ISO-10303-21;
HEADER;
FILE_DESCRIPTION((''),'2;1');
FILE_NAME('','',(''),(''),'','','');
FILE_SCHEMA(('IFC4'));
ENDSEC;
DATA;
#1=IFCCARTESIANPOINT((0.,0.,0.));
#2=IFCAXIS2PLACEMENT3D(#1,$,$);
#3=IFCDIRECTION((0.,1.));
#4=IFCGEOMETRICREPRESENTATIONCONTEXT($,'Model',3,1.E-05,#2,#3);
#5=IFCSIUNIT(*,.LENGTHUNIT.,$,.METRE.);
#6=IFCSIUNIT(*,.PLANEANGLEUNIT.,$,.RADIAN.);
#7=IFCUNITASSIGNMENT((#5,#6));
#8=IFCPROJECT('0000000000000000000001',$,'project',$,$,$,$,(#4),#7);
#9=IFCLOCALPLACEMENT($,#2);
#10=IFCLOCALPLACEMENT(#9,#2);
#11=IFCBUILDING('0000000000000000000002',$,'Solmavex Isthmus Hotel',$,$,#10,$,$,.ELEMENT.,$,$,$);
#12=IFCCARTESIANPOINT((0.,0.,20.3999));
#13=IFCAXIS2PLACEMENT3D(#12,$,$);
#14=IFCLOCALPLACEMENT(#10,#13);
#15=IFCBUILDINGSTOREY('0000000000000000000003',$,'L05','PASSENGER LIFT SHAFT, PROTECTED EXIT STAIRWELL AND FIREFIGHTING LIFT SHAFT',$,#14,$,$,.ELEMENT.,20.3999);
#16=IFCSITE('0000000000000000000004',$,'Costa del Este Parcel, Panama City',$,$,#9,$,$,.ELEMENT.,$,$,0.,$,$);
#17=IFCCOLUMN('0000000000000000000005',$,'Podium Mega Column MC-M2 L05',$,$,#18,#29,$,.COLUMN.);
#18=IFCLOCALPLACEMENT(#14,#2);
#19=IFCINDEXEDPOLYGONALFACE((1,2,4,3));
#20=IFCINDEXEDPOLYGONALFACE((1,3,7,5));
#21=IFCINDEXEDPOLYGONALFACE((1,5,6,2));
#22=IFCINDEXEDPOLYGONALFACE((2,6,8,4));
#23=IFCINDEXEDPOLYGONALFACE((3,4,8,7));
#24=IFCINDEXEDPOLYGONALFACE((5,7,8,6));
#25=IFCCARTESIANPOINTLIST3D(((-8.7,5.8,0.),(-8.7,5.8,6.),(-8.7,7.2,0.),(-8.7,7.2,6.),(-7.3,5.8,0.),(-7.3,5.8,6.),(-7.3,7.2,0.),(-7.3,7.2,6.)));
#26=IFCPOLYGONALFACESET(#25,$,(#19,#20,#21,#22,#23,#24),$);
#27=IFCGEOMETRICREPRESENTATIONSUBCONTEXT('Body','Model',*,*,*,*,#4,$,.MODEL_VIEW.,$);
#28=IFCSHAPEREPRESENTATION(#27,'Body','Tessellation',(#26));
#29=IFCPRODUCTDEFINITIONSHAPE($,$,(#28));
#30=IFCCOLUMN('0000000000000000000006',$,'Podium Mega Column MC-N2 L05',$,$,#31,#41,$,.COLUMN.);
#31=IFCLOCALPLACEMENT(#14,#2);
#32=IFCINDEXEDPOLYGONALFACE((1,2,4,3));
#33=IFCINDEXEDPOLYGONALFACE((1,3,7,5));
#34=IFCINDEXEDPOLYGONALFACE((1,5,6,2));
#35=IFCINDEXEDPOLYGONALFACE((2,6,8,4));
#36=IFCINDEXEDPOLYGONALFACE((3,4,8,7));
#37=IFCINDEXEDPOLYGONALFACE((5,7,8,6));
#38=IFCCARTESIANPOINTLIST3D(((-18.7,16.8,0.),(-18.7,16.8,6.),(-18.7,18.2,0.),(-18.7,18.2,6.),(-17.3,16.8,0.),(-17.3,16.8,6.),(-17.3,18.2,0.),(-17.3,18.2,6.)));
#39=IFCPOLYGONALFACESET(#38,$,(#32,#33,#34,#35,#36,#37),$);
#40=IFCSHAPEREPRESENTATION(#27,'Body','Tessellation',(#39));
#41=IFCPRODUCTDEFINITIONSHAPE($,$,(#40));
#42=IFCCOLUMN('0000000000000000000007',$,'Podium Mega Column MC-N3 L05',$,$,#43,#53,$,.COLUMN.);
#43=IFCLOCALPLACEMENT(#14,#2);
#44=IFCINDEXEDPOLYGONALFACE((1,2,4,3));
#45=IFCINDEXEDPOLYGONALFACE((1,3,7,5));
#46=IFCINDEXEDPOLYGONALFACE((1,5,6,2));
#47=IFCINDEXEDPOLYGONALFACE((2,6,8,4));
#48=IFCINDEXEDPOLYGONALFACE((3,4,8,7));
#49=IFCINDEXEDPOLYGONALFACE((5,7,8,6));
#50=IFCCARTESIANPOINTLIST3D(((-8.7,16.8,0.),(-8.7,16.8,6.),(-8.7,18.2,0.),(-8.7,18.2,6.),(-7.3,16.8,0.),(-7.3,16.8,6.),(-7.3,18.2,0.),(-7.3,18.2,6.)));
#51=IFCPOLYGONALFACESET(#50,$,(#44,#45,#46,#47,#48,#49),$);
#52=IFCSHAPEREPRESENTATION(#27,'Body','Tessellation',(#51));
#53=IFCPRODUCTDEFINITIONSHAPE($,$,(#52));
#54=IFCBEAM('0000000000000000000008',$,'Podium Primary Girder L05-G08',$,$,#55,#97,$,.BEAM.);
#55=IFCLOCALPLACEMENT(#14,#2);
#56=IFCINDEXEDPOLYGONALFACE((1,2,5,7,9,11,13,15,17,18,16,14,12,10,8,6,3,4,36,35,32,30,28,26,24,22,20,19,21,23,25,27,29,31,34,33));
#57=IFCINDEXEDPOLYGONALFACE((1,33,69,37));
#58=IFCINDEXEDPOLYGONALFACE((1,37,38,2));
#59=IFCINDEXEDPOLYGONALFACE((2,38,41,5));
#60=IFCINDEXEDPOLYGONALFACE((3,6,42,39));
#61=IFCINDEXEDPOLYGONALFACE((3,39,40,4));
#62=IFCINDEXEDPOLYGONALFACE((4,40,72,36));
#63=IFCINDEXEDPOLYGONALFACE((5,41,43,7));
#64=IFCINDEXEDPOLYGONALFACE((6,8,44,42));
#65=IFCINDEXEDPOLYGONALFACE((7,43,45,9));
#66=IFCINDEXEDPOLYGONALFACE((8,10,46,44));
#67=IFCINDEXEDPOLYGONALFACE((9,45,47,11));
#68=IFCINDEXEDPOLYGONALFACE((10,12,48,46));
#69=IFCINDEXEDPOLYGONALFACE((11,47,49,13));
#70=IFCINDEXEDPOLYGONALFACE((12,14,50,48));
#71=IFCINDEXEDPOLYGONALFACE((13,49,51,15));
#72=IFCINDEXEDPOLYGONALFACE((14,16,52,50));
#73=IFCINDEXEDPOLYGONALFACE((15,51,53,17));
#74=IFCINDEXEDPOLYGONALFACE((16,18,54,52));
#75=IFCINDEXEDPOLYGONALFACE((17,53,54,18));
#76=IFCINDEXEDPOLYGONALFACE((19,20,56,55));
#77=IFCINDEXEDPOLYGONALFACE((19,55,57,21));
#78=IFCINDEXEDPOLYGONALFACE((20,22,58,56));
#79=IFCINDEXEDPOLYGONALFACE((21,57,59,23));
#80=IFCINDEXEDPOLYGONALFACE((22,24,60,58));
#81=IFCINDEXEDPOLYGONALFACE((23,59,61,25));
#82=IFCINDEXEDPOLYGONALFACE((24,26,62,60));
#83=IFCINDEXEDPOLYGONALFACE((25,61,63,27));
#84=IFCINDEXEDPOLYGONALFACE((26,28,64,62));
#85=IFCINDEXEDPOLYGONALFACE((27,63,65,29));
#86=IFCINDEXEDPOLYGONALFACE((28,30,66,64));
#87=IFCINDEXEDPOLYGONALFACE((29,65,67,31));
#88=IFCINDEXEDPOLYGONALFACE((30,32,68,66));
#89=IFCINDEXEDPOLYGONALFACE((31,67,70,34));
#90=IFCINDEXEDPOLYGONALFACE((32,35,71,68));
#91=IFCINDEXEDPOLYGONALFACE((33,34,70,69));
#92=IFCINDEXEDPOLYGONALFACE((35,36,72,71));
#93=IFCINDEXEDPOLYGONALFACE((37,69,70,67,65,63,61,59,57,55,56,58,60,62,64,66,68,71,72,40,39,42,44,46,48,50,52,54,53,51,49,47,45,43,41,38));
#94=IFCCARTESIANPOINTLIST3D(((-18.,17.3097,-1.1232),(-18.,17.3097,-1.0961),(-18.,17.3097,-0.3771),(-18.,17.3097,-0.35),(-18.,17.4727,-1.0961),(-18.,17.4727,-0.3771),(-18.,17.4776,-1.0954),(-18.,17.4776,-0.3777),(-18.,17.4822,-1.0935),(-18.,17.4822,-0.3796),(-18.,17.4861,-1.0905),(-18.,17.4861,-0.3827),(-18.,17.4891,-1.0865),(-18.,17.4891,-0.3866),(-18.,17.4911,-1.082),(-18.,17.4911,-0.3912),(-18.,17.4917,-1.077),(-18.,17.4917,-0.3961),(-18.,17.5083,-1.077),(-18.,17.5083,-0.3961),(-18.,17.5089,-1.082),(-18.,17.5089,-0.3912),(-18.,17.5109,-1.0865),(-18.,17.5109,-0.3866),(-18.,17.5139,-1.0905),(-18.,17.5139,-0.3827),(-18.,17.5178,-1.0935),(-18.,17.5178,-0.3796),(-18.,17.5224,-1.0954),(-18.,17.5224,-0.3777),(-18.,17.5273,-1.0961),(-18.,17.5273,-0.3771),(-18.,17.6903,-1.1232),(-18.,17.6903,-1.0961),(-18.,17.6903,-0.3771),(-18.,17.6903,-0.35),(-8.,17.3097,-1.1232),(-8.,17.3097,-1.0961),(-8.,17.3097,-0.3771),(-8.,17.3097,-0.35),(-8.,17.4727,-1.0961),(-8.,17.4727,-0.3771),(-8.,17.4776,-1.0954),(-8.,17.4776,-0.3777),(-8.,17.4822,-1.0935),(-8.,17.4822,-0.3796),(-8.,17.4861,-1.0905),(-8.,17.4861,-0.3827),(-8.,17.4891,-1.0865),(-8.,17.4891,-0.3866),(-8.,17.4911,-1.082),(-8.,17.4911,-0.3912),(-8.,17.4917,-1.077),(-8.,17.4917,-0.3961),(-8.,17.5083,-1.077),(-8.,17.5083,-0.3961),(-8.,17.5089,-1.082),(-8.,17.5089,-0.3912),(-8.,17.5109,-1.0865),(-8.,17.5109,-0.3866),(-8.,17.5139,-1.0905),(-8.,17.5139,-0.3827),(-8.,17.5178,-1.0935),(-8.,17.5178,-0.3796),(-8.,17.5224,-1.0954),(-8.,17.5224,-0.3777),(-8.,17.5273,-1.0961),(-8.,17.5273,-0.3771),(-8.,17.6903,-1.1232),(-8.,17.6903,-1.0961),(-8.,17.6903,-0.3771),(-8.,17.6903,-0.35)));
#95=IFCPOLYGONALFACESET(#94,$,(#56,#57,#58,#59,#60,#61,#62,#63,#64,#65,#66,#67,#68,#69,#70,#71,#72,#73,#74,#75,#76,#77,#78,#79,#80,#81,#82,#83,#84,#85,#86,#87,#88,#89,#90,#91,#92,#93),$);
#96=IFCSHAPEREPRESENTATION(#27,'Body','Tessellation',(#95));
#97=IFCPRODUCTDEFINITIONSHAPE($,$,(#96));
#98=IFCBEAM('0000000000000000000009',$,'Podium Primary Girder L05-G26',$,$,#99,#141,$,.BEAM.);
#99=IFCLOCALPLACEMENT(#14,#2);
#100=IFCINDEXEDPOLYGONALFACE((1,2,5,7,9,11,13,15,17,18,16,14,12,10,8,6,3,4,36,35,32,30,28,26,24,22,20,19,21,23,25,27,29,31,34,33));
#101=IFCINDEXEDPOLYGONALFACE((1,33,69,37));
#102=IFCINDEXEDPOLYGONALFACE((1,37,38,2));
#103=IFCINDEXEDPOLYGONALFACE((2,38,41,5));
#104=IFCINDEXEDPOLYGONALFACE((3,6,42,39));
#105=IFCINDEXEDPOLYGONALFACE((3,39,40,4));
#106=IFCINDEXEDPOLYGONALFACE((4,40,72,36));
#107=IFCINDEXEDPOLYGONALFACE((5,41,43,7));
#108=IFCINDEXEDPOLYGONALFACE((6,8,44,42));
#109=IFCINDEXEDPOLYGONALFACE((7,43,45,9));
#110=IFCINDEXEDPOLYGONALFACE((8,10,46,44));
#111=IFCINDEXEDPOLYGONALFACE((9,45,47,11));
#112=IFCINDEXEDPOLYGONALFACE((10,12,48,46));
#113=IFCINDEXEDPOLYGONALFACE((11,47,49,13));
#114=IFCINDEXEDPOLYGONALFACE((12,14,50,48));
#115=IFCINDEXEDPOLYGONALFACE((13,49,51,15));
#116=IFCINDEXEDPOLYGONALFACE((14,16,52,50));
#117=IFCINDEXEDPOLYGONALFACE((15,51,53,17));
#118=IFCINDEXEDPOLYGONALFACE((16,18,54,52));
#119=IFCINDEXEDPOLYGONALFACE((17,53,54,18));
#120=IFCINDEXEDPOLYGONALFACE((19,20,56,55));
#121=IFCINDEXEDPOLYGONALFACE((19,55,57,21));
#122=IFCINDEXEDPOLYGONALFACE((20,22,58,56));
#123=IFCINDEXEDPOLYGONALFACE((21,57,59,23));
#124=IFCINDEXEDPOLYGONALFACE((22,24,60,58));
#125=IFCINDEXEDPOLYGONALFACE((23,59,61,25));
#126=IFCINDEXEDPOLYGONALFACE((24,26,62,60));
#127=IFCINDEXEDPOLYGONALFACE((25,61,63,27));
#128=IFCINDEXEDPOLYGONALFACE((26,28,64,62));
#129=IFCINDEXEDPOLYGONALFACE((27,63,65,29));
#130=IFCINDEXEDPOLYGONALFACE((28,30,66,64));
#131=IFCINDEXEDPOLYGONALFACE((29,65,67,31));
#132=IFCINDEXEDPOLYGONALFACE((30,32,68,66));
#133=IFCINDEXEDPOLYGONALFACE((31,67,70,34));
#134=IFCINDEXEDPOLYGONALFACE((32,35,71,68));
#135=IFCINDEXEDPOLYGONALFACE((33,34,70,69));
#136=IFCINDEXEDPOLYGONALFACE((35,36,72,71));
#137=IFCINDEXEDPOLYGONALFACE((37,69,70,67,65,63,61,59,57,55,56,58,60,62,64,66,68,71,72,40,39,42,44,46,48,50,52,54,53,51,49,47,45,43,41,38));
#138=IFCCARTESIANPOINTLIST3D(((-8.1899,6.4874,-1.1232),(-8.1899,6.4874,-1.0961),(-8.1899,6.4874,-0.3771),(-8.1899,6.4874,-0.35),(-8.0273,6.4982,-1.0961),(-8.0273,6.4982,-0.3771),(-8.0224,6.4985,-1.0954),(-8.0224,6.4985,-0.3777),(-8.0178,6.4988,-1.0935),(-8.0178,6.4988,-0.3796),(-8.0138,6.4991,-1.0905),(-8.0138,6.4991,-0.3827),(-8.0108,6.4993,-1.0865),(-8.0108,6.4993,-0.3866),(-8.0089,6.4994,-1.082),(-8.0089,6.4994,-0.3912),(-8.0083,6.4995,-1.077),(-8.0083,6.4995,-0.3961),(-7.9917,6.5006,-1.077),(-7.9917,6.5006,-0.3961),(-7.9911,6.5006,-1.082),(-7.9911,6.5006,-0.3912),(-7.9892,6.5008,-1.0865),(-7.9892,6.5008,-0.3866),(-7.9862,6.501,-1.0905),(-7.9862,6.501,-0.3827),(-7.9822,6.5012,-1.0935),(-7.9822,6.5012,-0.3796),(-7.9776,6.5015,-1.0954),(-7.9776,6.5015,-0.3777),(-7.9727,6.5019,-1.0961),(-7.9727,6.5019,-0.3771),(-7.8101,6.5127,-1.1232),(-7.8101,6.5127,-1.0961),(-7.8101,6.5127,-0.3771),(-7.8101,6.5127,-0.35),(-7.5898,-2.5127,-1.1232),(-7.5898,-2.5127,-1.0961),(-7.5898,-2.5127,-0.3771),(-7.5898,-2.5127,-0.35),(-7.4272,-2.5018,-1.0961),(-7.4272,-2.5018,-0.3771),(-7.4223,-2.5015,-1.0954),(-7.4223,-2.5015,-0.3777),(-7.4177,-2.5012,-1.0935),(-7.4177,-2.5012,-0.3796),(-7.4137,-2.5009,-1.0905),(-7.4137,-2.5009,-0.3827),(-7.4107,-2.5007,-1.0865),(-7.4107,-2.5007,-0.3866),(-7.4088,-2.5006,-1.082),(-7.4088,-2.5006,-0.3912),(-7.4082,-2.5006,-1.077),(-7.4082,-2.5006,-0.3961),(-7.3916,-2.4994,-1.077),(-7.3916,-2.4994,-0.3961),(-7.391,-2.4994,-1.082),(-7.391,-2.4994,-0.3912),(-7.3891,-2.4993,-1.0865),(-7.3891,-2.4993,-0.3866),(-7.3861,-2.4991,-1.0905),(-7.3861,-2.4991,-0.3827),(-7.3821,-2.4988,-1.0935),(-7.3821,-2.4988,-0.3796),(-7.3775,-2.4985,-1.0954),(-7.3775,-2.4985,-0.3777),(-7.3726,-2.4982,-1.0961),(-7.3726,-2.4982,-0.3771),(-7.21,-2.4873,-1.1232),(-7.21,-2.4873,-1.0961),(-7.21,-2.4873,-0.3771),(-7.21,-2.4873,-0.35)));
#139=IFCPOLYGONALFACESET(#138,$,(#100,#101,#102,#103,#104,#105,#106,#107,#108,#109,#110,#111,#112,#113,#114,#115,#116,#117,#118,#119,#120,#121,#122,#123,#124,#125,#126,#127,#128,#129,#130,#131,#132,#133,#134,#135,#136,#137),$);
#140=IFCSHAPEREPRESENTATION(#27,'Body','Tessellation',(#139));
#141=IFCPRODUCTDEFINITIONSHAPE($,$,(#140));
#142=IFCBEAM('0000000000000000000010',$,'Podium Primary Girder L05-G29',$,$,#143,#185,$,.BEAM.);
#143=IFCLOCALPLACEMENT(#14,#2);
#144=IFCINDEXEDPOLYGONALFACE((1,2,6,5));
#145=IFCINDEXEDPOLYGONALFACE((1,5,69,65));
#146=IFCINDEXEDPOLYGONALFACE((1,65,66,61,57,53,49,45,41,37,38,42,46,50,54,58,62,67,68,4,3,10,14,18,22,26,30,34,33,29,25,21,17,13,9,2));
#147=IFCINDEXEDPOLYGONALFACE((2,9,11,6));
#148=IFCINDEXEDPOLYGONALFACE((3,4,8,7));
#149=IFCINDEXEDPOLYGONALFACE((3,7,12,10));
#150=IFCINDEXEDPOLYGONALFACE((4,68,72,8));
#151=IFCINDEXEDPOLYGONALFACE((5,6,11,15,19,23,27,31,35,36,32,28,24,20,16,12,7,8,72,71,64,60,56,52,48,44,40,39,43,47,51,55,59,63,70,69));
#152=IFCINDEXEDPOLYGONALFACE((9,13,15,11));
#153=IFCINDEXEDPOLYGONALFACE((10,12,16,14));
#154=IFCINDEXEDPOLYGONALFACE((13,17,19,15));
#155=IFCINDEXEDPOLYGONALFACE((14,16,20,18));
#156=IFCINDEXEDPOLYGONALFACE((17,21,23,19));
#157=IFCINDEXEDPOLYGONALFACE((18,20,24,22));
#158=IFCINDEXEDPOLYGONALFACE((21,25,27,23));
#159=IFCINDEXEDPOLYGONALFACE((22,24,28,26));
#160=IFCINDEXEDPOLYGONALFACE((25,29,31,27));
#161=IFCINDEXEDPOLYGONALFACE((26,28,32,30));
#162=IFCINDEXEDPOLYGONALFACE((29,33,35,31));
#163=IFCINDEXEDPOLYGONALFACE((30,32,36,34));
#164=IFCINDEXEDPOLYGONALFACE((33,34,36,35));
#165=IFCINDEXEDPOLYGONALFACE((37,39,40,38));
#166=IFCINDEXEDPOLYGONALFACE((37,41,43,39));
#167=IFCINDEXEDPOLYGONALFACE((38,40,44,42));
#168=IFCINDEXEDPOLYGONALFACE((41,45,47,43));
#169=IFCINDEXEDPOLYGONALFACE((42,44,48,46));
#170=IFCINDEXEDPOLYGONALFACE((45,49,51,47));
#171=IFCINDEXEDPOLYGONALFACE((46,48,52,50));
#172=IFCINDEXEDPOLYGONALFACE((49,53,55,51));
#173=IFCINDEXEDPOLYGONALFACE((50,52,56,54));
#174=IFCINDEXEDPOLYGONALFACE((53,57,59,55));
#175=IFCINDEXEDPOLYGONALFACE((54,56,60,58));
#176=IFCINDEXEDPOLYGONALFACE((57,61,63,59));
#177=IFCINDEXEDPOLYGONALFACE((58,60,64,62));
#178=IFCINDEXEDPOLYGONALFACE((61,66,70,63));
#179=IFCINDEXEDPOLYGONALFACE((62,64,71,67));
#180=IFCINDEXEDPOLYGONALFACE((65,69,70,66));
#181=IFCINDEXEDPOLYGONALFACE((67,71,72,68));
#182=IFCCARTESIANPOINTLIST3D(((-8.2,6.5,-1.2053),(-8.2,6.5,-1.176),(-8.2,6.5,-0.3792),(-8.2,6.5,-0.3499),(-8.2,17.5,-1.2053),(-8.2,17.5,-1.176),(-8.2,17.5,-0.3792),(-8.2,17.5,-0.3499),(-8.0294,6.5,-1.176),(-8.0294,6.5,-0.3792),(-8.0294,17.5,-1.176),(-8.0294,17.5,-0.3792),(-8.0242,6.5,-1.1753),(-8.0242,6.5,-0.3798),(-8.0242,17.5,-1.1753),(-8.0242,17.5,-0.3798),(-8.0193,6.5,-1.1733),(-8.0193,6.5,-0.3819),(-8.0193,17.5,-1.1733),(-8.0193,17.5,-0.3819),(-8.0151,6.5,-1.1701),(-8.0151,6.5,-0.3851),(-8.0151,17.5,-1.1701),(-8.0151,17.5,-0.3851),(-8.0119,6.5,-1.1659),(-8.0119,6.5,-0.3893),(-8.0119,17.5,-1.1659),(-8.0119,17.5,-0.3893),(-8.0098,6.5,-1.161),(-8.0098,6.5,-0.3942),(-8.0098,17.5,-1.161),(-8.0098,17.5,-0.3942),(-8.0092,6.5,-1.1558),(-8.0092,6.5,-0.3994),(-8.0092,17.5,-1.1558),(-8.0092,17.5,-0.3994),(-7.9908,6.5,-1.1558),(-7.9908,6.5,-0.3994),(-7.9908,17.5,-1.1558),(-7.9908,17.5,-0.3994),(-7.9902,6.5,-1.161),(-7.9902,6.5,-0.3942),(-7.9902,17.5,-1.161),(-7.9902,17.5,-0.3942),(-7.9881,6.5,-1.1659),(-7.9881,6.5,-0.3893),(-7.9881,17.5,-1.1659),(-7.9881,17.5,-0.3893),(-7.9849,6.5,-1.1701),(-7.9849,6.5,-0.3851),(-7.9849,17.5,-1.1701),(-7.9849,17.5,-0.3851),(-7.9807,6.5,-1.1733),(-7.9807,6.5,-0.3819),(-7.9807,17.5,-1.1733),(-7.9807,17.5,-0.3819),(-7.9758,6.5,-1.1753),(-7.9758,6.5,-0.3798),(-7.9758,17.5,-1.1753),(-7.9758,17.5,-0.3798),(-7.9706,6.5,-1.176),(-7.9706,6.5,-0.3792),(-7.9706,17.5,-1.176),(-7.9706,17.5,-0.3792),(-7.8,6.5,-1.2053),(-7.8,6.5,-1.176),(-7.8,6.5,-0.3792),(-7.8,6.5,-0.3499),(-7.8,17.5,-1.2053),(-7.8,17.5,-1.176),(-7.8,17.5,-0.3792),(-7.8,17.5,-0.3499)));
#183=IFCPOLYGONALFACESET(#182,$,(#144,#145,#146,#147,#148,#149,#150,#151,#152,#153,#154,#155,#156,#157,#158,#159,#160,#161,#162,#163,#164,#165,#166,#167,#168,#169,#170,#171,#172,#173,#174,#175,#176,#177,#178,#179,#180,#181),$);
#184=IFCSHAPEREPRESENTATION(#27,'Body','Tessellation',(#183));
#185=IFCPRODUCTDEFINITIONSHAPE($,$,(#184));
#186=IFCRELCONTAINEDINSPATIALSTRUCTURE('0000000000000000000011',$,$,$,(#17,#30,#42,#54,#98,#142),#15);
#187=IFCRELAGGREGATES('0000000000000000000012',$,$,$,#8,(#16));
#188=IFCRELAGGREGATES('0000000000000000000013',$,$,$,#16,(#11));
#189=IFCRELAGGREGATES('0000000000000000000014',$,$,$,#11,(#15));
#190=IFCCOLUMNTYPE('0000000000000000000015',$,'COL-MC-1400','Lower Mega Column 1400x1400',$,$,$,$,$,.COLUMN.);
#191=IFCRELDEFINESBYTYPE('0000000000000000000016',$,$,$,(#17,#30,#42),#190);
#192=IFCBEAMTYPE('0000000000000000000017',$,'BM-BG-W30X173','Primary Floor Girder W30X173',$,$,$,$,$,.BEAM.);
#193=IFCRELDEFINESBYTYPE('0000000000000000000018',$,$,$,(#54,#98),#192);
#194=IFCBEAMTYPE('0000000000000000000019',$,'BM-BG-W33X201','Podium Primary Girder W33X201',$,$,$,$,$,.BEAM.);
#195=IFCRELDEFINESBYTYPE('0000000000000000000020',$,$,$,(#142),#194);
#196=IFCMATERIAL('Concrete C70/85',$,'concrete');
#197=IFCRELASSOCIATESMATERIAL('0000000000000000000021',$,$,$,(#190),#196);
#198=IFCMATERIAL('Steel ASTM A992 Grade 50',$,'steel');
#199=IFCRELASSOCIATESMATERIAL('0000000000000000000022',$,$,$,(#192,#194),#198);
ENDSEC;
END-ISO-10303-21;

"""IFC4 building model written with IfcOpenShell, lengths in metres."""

from ifc_helpers import new_model, si_unit, direction, frame, origin, origin_2d, place, context, subcontext, project, spatial, rectangle, i_section, extrude, material, material_profile, profile_set, type_object, element, save


model = new_model("IFC4")

# Units and contexts
model_context = context("Model", 3, precision=1e-05, world=origin(), true_north=direction((0.0, 1.0)))
body_context = subcontext(model_context, "Body", "Model", "MODEL_VIEW")
ifc_project = project(units=[si_unit("LENGTHUNIT", "METRE"), si_unit("PLANEANGLEUNIT", "RADIAN")], contexts=[model_context])

# Site, building, storey
site_placement = place(None, origin())
site = spatial("IfcSite", under=ifc_project, at=site_placement, Name="Costa del Este Parcel, Panama City", CompositionType="ELEMENT", RefElevation=0.0)
building_placement = place(site_placement, origin())
building = spatial("IfcBuilding", under=site, at=building_placement, Name="Solmavex Isthmus Hotel", CompositionType="ELEMENT")
storey_placement = place(building_placement, frame((0.0, 0.0, 20.3999)))
storey = spatial("IfcBuildingStorey", under=building, at=storey_placement, Name="L05", Description="PASSENGER LIFT SHAFT, PROTECTED EXIT STAIRWELL AND FIREFIGHTING LIFT SHAFT", CompositionType="ELEMENT", Elevation=20.3999)

# Columns
ifc_material_1 = material(Name="Concrete C70/85", Category="concrete")
ifc_material_profile_1 = material_profile(ifc_material_1, rectangle(XDim=1.3999, YDim=1.3999, at=origin_2d()), Name="RC1400X1400")
ifc_profile_set_1 = profile_set([ifc_material_profile_1], Name="Concrete C70/85")
column_type = type_object("IfcColumnType", Name="COL-MC-1400", Description="Lower Mega Column 1400x1400", PredefinedType="COLUMN", material=ifc_profile_set_1)
for number, where, z_axis, x_axis, name in (
    (1, (-8.0, 6.5, 0.0), (0.0, 0.0, 1.0), (1.0, 0.0, 0.0), "Podium Mega Column MC-M2 L05"),
    (2, (-18.0, 17.5, 0.0), (0.0, 0.0, 1.0), (1.0, 0.0, 0.0), "Podium Mega Column MC-N2 L05"),
    (3, (-8.0, 17.5, 0.0), (0.0, 0.0, 1.0), (1.0, 0.0, 0.0), "Podium Mega Column MC-N3 L05"),
):
    element("IfcColumn", number, at=place(storey_placement, frame(where, z_axis=z_axis, x_axis=x_axis)), inside=storey, type_object=column_type, Name=name, PredefinedType="COLUMN", context=body_context, shape_type="SweptSolid", body=[
        extrude(rectangle(XDim=1.3999, YDim=1.3999, at=origin_2d()), origin(), (0.0, 0.0, 1.0), 6.0),
    ])

# Beams
ifc_material_2 = material(Name="Steel ASTM A992 Grade 50", Category="steel")
ifc_material_profile_2 = material_profile(ifc_material_2, i_section(OverallWidth=0.3806, OverallDepth=0.7732, WebThickness=0.0166, FlangeThickness=0.0271, FilletRadius=0.019, at=origin_2d()), Name="W30X173")
ifc_profile_set_2 = profile_set([ifc_material_profile_2], Name="Steel ASTM A992 Grade 50")
beam_type_1 = type_object("IfcBeamType", Name="BM-BG-W30X173", Description="Primary Floor Girder W30X173", PredefinedType="BEAM", material=ifc_profile_set_2)
beam_1_placement = place(storey_placement, frame((-18.0, 17.5, -0.7366), z_axis=(1.0, 0.0, 0.0), x_axis=(0.0, 1.0, 0.0)))
element("IfcBeam", 4, at=beam_1_placement, inside=storey, type_object=beam_type_1, Name="Podium Primary Girder L05-G08", PredefinedType="BEAM", context=body_context, shape_type="SweptSolid", body=[
    extrude(i_section(OverallWidth=0.3806, OverallDepth=0.7732, WebThickness=0.0166, FlangeThickness=0.0271, FilletRadius=0.019, at=origin_2d()), origin(), (0.0, 0.0, 1.0), 10.0),
])
beam_2_placement = place(storey_placement, frame((-7.3999, -2.5, -0.7366), z_axis=(-0.06653, 0.997784, 0.0), x_axis=(-0.997784, -0.06653, 0.0)))
element("IfcBeam", 5, at=beam_2_placement, inside=storey, type_object=beam_type_1, Name="Podium Primary Girder L05-G26", PredefinedType="BEAM", context=body_context, shape_type="SweptSolid", body=[
    extrude(i_section(OverallWidth=0.3806, OverallDepth=0.7732, WebThickness=0.0166, FlangeThickness=0.0271, FilletRadius=0.019, at=origin_2d()), origin(), (0.0, 0.0, 1.0), 9.02),
])
ifc_material_profile_3 = material_profile(ifc_material_2, i_section(OverallWidth=0.3999, OverallDepth=0.8555, WebThickness=0.0183, FlangeThickness=0.0293, FilletRadius=0.0203, at=origin_2d()), Name="W33X201")
ifc_profile_set_3 = profile_set([ifc_material_profile_3], Name="Steel ASTM A992 Grade 50")
beam_type_2 = type_object("IfcBeamType", Name="BM-BG-W33X201", Description="Podium Primary Girder W33X201", PredefinedType="BEAM", material=ifc_profile_set_3)
beam_3_placement = place(storey_placement, frame((-8.0, 6.5, -0.7776), z_axis=(0.0, 1.0, 0.0), x_axis=(-1.0, 0.0, 0.0)))
element("IfcBeam", 6, at=beam_3_placement, inside=storey, type_object=beam_type_2, Name="Podium Primary Girder L05-G29", PredefinedType="BEAM", context=body_context, shape_type="SweptSolid", body=[
    extrude(i_section(OverallWidth=0.3999, OverallDepth=0.8555, WebThickness=0.0183, FlangeThickness=0.0293, FilletRadius=0.0203, at=origin_2d()), origin(), (0.0, 0.0, 1.0), 11.0),
])

save(model, "model.ifc")
